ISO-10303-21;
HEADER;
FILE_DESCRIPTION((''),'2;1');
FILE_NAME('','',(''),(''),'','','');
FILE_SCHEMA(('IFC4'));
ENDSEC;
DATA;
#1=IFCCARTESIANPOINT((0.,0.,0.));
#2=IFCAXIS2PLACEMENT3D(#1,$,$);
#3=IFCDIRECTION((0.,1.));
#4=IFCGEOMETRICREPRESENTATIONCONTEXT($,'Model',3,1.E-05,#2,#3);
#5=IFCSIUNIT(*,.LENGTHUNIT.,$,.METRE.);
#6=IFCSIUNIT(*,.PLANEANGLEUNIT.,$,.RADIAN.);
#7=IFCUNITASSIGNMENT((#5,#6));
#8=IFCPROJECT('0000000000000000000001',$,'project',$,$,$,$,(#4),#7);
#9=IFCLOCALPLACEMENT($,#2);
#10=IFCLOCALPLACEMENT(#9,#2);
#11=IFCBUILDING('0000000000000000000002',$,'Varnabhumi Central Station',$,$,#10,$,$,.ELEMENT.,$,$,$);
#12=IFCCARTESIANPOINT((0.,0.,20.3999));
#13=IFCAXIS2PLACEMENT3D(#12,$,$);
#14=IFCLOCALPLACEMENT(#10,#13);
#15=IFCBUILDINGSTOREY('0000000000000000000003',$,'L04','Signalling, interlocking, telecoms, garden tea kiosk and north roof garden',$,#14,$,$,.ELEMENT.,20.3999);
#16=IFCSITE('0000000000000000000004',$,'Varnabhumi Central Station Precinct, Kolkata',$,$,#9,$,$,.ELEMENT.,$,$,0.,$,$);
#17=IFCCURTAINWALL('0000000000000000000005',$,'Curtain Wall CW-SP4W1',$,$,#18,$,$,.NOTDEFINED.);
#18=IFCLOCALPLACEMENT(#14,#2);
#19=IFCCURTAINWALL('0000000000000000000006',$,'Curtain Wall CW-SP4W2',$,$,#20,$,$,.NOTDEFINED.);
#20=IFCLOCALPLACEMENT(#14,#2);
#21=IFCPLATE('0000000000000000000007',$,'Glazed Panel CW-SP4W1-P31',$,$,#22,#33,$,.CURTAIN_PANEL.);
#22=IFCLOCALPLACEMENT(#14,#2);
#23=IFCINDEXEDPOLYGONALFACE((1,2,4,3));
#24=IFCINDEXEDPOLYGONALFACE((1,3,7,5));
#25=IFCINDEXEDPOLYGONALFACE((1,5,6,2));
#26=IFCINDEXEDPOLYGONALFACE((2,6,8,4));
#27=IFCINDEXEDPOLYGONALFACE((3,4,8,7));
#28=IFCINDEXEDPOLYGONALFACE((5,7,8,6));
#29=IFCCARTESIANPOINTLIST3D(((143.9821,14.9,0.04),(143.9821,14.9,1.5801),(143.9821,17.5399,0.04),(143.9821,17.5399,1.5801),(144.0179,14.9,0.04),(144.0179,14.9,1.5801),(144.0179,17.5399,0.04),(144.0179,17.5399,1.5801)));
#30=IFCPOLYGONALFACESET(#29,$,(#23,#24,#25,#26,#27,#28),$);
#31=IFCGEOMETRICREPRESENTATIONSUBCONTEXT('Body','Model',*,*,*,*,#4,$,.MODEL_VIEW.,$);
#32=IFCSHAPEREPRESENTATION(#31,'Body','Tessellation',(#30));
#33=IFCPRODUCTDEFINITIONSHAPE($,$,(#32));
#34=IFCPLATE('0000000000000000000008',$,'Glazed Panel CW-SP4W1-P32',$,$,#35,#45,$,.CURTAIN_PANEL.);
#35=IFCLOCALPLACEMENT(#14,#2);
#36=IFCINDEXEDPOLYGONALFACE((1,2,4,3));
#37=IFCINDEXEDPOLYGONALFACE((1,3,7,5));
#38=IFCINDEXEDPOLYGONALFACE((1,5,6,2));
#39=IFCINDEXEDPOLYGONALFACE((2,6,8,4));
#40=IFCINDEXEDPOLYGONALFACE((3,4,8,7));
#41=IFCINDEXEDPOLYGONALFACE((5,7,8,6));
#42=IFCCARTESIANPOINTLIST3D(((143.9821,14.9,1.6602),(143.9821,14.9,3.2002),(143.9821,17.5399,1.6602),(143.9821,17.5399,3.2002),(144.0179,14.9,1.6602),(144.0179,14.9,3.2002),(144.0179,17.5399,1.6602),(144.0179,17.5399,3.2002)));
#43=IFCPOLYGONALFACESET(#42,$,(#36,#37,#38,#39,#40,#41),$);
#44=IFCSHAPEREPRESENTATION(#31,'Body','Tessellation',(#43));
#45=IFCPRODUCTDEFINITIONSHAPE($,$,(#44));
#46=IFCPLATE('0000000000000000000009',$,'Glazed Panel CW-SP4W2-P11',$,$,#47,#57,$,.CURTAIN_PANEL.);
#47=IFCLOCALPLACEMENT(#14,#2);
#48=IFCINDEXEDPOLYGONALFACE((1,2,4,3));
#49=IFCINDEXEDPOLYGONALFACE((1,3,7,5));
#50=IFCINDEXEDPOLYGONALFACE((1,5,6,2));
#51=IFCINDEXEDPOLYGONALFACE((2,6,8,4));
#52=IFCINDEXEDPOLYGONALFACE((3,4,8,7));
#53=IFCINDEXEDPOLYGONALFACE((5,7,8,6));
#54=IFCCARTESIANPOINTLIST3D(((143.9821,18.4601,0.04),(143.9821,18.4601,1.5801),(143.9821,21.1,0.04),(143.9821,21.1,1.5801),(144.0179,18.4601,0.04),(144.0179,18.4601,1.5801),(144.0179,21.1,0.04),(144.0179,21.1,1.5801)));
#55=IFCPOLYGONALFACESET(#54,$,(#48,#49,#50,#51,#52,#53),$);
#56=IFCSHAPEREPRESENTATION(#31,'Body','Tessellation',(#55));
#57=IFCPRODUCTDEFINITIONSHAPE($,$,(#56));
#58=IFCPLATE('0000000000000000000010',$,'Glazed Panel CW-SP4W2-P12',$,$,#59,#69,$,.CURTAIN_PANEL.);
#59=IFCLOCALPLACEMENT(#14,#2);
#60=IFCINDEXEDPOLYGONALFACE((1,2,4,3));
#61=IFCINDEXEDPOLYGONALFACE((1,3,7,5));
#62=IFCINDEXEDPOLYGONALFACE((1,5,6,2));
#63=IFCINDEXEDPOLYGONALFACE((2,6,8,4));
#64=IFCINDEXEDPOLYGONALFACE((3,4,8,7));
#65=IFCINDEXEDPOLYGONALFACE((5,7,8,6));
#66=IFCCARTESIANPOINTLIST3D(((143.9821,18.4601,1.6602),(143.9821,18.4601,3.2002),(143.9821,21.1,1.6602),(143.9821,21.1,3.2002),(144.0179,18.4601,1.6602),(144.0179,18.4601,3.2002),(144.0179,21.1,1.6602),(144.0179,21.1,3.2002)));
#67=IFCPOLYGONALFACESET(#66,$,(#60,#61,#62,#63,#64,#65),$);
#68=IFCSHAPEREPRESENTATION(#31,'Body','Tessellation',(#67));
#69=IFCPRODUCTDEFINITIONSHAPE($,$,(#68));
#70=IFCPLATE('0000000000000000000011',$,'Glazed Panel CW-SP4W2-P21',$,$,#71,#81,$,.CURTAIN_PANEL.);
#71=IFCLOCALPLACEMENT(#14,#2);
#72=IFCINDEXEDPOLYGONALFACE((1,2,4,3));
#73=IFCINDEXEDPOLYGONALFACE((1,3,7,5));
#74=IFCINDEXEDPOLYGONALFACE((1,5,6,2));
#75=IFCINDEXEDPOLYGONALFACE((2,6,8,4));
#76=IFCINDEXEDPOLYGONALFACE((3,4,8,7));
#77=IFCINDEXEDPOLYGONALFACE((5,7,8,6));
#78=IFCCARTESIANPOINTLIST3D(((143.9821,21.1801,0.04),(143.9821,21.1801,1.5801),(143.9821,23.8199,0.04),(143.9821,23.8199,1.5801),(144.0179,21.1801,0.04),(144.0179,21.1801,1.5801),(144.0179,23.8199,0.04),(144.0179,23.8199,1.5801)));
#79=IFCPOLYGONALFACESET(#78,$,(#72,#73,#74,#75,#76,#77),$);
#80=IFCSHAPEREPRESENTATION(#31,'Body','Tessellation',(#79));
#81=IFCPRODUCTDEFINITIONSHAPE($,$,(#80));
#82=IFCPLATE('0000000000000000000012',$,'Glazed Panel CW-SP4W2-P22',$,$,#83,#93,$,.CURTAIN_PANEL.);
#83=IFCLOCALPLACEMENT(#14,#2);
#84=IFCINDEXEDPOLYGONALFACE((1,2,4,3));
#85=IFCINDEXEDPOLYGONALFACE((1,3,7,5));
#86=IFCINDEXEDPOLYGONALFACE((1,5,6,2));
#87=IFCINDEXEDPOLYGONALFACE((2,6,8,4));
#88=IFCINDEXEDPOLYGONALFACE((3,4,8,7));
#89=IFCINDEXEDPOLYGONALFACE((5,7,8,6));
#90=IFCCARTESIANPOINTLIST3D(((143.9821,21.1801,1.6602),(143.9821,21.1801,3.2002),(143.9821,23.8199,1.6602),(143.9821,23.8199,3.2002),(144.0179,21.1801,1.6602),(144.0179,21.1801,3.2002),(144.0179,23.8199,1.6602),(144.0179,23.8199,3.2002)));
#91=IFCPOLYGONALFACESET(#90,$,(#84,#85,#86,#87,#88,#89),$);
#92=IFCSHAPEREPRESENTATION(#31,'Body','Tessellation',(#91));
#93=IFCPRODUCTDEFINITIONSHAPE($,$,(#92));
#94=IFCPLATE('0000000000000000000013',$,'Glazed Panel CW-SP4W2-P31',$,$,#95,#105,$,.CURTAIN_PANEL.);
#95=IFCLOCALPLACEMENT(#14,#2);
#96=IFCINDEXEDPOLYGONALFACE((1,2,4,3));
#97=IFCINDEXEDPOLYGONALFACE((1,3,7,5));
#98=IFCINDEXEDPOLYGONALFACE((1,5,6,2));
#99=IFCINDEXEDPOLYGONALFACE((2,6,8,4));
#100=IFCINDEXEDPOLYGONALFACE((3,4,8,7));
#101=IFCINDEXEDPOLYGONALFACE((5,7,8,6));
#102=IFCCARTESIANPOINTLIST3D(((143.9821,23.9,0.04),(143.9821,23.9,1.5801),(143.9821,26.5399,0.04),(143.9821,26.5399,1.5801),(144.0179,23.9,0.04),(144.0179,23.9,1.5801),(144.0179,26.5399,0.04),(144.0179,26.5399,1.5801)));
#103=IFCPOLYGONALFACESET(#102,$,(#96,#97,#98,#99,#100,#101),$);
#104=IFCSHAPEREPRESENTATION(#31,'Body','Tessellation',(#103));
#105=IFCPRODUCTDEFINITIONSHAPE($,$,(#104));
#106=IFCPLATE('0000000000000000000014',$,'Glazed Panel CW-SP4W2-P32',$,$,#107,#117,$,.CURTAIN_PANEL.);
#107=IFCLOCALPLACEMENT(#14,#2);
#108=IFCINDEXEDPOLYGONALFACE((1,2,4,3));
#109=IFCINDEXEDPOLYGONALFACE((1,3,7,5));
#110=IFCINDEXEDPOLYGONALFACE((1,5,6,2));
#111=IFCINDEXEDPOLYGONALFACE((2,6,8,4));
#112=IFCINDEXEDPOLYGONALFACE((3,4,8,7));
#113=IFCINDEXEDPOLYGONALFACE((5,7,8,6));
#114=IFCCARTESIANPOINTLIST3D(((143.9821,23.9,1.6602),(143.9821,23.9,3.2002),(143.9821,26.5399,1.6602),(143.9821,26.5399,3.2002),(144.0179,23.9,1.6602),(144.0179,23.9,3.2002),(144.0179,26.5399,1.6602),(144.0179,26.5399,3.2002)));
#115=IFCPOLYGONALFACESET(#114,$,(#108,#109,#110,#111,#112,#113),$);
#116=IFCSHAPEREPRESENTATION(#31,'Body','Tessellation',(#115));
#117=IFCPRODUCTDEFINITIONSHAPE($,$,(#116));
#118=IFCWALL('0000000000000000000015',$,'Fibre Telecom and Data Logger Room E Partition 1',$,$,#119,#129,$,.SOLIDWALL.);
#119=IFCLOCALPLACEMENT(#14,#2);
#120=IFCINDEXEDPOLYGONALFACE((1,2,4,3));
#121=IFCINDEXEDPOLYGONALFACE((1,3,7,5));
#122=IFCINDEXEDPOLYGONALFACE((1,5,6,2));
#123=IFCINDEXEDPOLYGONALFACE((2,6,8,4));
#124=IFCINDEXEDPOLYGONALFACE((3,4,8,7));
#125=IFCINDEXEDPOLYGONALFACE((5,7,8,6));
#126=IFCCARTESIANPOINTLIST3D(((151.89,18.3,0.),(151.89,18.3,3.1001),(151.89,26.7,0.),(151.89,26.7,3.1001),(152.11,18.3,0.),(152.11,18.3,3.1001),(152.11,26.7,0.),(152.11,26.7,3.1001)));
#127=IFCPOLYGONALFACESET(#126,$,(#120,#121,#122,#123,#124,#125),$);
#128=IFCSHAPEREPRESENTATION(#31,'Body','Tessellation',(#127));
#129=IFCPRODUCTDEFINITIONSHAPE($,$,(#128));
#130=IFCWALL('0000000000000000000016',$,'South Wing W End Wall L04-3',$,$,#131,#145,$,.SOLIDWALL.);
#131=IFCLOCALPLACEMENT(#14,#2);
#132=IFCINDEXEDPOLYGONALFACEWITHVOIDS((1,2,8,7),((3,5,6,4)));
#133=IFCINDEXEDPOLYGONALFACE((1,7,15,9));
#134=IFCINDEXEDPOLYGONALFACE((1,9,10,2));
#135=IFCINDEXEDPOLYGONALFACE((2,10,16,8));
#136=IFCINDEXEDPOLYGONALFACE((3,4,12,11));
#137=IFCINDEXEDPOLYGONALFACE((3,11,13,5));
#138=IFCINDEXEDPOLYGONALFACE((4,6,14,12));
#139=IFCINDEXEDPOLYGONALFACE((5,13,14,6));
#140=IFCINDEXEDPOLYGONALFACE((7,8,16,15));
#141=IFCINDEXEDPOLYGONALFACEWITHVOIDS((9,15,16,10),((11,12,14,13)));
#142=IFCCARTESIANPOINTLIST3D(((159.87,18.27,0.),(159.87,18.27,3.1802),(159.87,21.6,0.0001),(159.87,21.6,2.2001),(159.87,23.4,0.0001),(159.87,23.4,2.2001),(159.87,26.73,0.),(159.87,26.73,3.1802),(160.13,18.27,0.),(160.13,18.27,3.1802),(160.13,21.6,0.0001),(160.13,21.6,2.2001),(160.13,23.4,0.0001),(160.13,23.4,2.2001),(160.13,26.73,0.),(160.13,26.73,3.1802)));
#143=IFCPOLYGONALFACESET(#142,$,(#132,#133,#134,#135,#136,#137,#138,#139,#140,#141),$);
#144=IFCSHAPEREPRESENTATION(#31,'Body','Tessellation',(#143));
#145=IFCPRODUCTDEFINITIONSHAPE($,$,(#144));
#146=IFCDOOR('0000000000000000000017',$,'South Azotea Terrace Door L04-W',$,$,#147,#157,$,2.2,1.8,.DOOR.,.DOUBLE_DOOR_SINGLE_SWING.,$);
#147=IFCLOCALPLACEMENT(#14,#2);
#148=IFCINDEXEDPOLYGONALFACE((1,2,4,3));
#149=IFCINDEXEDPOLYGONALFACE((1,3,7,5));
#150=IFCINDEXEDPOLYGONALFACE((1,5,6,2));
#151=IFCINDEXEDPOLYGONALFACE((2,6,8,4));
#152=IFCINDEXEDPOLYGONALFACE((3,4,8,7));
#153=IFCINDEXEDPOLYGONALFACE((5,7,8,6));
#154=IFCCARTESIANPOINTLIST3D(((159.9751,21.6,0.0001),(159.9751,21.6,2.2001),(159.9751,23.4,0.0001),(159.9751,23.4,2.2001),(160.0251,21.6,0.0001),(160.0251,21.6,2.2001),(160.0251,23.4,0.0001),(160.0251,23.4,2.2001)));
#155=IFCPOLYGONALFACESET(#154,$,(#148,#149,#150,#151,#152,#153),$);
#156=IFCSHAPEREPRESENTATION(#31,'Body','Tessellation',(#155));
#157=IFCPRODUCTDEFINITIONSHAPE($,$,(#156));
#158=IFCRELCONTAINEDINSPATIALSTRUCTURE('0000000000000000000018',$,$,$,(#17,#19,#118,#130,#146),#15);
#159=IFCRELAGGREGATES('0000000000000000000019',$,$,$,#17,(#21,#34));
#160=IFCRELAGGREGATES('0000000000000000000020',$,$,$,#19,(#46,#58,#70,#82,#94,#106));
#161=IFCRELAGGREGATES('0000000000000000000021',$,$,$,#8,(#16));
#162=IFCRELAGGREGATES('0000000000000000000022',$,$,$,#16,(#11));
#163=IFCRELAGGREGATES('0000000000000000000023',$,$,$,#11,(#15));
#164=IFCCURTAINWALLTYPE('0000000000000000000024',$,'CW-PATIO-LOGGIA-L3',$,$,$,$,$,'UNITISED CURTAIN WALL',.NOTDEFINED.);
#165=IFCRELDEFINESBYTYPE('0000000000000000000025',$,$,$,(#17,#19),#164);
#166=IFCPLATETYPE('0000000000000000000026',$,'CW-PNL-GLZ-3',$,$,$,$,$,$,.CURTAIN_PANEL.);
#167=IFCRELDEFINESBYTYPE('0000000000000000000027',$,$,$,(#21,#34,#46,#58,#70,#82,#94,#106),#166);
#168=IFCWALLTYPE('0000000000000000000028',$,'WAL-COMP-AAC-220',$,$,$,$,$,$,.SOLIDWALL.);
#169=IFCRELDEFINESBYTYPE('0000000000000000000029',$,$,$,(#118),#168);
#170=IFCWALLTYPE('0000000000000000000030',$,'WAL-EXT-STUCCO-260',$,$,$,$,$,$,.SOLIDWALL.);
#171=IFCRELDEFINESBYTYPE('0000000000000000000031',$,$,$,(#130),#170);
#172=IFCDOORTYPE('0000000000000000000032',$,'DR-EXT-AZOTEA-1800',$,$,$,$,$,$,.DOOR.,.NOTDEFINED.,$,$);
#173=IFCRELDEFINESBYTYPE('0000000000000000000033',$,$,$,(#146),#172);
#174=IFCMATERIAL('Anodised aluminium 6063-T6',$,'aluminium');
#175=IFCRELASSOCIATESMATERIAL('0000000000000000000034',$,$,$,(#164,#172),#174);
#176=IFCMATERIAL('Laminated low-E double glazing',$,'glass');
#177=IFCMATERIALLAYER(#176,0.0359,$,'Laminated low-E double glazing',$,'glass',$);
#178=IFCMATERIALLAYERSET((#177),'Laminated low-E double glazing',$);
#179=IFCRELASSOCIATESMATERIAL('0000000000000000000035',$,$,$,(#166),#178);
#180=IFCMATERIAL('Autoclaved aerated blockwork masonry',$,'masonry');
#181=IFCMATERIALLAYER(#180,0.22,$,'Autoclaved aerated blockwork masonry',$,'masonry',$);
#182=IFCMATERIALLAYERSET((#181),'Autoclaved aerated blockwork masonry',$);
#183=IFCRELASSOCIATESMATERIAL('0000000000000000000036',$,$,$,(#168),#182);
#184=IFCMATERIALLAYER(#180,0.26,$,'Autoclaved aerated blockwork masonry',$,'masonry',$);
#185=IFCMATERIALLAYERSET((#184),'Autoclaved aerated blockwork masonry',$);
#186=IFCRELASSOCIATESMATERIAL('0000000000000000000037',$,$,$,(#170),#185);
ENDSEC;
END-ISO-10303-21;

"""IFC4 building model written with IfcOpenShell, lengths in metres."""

from ifc_helpers import new_model, si_unit, direction, frame, frame_2d, origin, origin_2d, place, context, subcontext, project, spatial, rectangle, extrude, material, layer, layer_set, type_object, element, fill, aggregate, save


model = new_model("IFC4")

# Units and contexts
model_context = context("Model", 3, precision=1e-05, world=origin(), true_north=direction((0.0, 1.0)))
body_context = subcontext(model_context, "Body", "Model", "MODEL_VIEW")
ifc_project = project(units=[si_unit("LENGTHUNIT", "METRE"), si_unit("PLANEANGLEUNIT", "RADIAN")], contexts=[model_context])

# Site, building, storey
site_placement = place(None, origin())
site = spatial("IfcSite", under=ifc_project, at=site_placement, Name="Varnabhumi Central Station Precinct, Kolkata", CompositionType="ELEMENT", RefElevation=0.0)
building_placement = place(site_placement, origin())
building = spatial("IfcBuilding", under=site, at=building_placement, Name="Varnabhumi Central Station", CompositionType="ELEMENT")
storey_placement = place(building_placement, frame((0.0, 0.0, 20.3999)))
storey = spatial("IfcBuildingStorey", under=building, at=storey_placement, Name="L04", Description="Signalling, interlocking, telecoms, garden tea kiosk and north roof garden", CompositionType="ELEMENT", Elevation=20.3999)

# Curtain walls
ifc_material_1 = material(Name="Anodised aluminium 6063-T6", Category="aluminium")
curtain_wall_type = type_object("IfcCurtainWallType", Name="CW-PATIO-LOGGIA-L3", ElementType="UNITISED CURTAIN WALL", PredefinedType="NOTDEFINED", material=ifc_material_1)
curtain_wall_1_placement = place(storey_placement, origin())
curtain_wall_1 = element("IfcCurtainWall", 1, at=curtain_wall_1_placement, inside=storey, type_object=curtain_wall_type, Name="Curtain Wall CW-SP4W1", PredefinedType="NOTDEFINED")
curtain_wall_2_placement = place(storey_placement, origin())
curtain_wall_2 = element("IfcCurtainWall", 2, at=curtain_wall_2_placement, inside=storey, type_object=curtain_wall_type, Name="Curtain Wall CW-SP4W2", PredefinedType="NOTDEFINED")

# Plates
ifc_material_2 = material(Name="Laminated low-E double glazing", Category="glass")
ifc_layer_1 = layer(ifc_material_2, 0.0359, Name="Laminated low-E double glazing", Category="glass")
ifc_layer_set_1 = layer_set([ifc_layer_1], Name="Laminated low-E double glazing")
plate_type = type_object("IfcPlateType", Name="CW-PNL-GLZ-3", PredefinedType="CURTAIN_PANEL", material=ifc_layer_set_1)
plate_1_placement = place(storey_placement, frame((144.0, 16.22, 0.04), z_axis=(0.0, 0.0, 1.0), x_axis=(0.0, 1.0, 0.0)))
plate_1 = element("IfcPlate", 3, at=plate_1_placement, type_object=plate_type, Name="Glazed Panel CW-SP4W1-P31", PredefinedType="CURTAIN_PANEL", context=body_context, shape_type="SweptSolid", body=[
    extrude(rectangle(XDim=2.6399, YDim=0.0359, at=origin_2d()), origin(), (0.0, 0.0, 1.0), 1.54),
])
plate_2_placement = place(storey_placement, frame((144.0, 16.22, 1.6602), z_axis=(0.0, 0.0, 1.0), x_axis=(0.0, 1.0, 0.0)))
plate_2 = element("IfcPlate", 4, at=plate_2_placement, type_object=plate_type, Name="Glazed Panel CW-SP4W1-P32", PredefinedType="CURTAIN_PANEL", context=body_context, shape_type="SweptSolid", body=[
    extrude(rectangle(XDim=2.6399, YDim=0.0359, at=origin_2d()), origin(), (0.0, 0.0, 1.0), 1.54),
])
aggregate(curtain_wall_1, [plate_1, plate_2])
plate_3_placement = place(storey_placement, frame((144.0, 19.78, 0.04), z_axis=(0.0, 0.0, 1.0), x_axis=(0.0, 1.0, 0.0)))
plate_3 = element("IfcPlate", 5, at=plate_3_placement, type_object=plate_type, Name="Glazed Panel CW-SP4W2-P11", PredefinedType="CURTAIN_PANEL", context=body_context, shape_type="SweptSolid", body=[
    extrude(rectangle(XDim=2.6399, YDim=0.0359, at=origin_2d()), origin(), (0.0, 0.0, 1.0), 1.54),
])
plate_4_placement = place(storey_placement, frame((144.0, 19.78, 1.6602), z_axis=(0.0, 0.0, 1.0), x_axis=(0.0, 1.0, 0.0)))
plate_4 = element("IfcPlate", 6, at=plate_4_placement, type_object=plate_type, Name="Glazed Panel CW-SP4W2-P12", PredefinedType="CURTAIN_PANEL", context=body_context, shape_type="SweptSolid", body=[
    extrude(rectangle(XDim=2.6399, YDim=0.0359, at=origin_2d()), origin(), (0.0, 0.0, 1.0), 1.54),
])
plate_5_placement = place(storey_placement, frame((144.0, 22.5, 0.04), z_axis=(0.0, 0.0, 1.0), x_axis=(0.0, 1.0, 0.0)))
plate_5 = element("IfcPlate", 7, at=plate_5_placement, type_object=plate_type, Name="Glazed Panel CW-SP4W2-P21", PredefinedType="CURTAIN_PANEL", context=body_context, shape_type="SweptSolid", body=[
    extrude(rectangle(XDim=2.6399, YDim=0.0359, at=origin_2d()), origin(), (0.0, 0.0, 1.0), 1.54),
])
plate_6_placement = place(storey_placement, frame((144.0, 22.5, 1.6602), z_axis=(0.0, 0.0, 1.0), x_axis=(0.0, 1.0, 0.0)))
plate_6 = element("IfcPlate", 8, at=plate_6_placement, type_object=plate_type, Name="Glazed Panel CW-SP4W2-P22", PredefinedType="CURTAIN_PANEL", context=body_context, shape_type="SweptSolid", body=[
    extrude(rectangle(XDim=2.6399, YDim=0.0359, at=origin_2d()), origin(), (0.0, 0.0, 1.0), 1.54),
])
plate_7_placement = place(storey_placement, frame((144.0, 25.22, 0.04), z_axis=(0.0, 0.0, 1.0), x_axis=(0.0, 1.0, 0.0)))
plate_7 = element("IfcPlate", 9, at=plate_7_placement, type_object=plate_type, Name="Glazed Panel CW-SP4W2-P31", PredefinedType="CURTAIN_PANEL", context=body_context, shape_type="SweptSolid", body=[
    extrude(rectangle(XDim=2.6399, YDim=0.0359, at=origin_2d()), origin(), (0.0, 0.0, 1.0), 1.54),
])
plate_8_placement = place(storey_placement, frame((144.0, 25.22, 1.6602), z_axis=(0.0, 0.0, 1.0), x_axis=(0.0, 1.0, 0.0)))
plate_8 = element("IfcPlate", 10, at=plate_8_placement, type_object=plate_type, Name="Glazed Panel CW-SP4W2-P32", PredefinedType="CURTAIN_PANEL", context=body_context, shape_type="SweptSolid", body=[
    extrude(rectangle(XDim=2.6399, YDim=0.0359, at=origin_2d()), origin(), (0.0, 0.0, 1.0), 1.54),
])
aggregate(curtain_wall_2, [plate_3, plate_4, plate_5, plate_6, plate_7, plate_8])

# Shared definitions
ifc_material_3 = material(Name="Autoclaved aerated blockwork masonry", Category="masonry")
ifc_layer_2 = layer(ifc_material_3, 0.22, Name="Autoclaved aerated blockwork masonry", Category="masonry")
ifc_layer_set_2 = layer_set([ifc_layer_2], Name="Autoclaved aerated blockwork masonry")
wall_type_1 = type_object("IfcWallType", Name="WAL-COMP-AAC-220", PredefinedType="SOLIDWALL", material=ifc_layer_set_2)

# Wall
wall_1_placement = place(storey_placement, frame((152.0, 18.3, 0.0), z_axis=(0.0, 0.0, 1.0), x_axis=(0.0, 1.0, 0.0)))
element("IfcWall", 11, at=wall_1_placement, inside=storey, type_object=wall_type_1, Name="Fibre Telecom and Data Logger Room E Partition 1", PredefinedType="SOLIDWALL", context=body_context, shape_type="SweptSolid", body=[
    extrude(rectangle(XDim=8.3999, YDim=0.22, at=frame_2d((4.2, 0.0))), origin(), (0.0, 0.0, 1.0), 3.1001),
])

# Wall, opening, door
ifc_layer_3 = layer(ifc_material_3, 0.26, Name="Autoclaved aerated blockwork masonry", Category="masonry")
ifc_layer_set_3 = layer_set([ifc_layer_3], Name="Autoclaved aerated blockwork masonry")
wall_type_2 = type_object("IfcWallType", Name="WAL-EXT-STUCCO-260", PredefinedType="SOLIDWALL", material=ifc_layer_set_3)
wall_2_placement = place(storey_placement, frame((160.0, 18.27, 0.0), z_axis=(0.0, 0.0, 1.0), x_axis=(0.0, 1.0, 0.0)))
wall_2 = element("IfcWall", 12, at=wall_2_placement, inside=storey, type_object=wall_type_2, Name="South Wing W End Wall L04-3", PredefinedType="SOLIDWALL", context=body_context, shape_type="SweptSolid", body=[
    extrude(rectangle(XDim=8.46, YDim=0.26, at=frame_2d((4.23, 0.0))), origin(), (0.0, 0.0, 1.0), 3.1802),
])
opening_1_placement = place(wall_2_placement, frame((3.3301, 0.0, 0.0)))
opening_1 = element("IfcOpeningElement", 13, at=opening_1_placement, cuts=wall_2, PredefinedType="OPENING", context=body_context, shape_type="SweptSolid", body=[
    extrude(rectangle(XDim=1.8, YDim=2.2, at=frame_2d((0.8999, 1.1001))), frame((0.0, 0.1399, 0.0), z_axis=(0.0, -1.0, 0.0), x_axis=(1.0, 0.0, 0.0)), (0.0, 0.0, 1.0), 0.28),
])
door_type_1 = type_object("IfcDoorType", Name="DR-EXT-AZOTEA-1800", OperationType="NOTDEFINED", PredefinedType="DOOR", material=ifc_material_1)
door_1_placement = place(opening_1_placement, origin())
door_1 = element("IfcDoor", 14, at=door_1_placement, inside=storey, type_object=door_type_1, Name="South Azotea Terrace Door L04-W", OperationType="DOUBLE_DOOR_SINGLE_SWING", OverallHeight=2.2, OverallWidth=1.8, PredefinedType="DOOR", context=body_context, shape_type="SweptSolid", body=[
    extrude(rectangle(XDim=1.8, YDim=2.2, at=frame_2d((0.8999, 1.1001))), frame((0.0, 0.0249, 0.0), z_axis=(0.0, -1.0, 0.0), x_axis=(1.0, 0.0, 0.0)), (0.0, 0.0, 1.0), 0.05),
])
fill(opening_1, door_1)

save(model, "model.ifc")
